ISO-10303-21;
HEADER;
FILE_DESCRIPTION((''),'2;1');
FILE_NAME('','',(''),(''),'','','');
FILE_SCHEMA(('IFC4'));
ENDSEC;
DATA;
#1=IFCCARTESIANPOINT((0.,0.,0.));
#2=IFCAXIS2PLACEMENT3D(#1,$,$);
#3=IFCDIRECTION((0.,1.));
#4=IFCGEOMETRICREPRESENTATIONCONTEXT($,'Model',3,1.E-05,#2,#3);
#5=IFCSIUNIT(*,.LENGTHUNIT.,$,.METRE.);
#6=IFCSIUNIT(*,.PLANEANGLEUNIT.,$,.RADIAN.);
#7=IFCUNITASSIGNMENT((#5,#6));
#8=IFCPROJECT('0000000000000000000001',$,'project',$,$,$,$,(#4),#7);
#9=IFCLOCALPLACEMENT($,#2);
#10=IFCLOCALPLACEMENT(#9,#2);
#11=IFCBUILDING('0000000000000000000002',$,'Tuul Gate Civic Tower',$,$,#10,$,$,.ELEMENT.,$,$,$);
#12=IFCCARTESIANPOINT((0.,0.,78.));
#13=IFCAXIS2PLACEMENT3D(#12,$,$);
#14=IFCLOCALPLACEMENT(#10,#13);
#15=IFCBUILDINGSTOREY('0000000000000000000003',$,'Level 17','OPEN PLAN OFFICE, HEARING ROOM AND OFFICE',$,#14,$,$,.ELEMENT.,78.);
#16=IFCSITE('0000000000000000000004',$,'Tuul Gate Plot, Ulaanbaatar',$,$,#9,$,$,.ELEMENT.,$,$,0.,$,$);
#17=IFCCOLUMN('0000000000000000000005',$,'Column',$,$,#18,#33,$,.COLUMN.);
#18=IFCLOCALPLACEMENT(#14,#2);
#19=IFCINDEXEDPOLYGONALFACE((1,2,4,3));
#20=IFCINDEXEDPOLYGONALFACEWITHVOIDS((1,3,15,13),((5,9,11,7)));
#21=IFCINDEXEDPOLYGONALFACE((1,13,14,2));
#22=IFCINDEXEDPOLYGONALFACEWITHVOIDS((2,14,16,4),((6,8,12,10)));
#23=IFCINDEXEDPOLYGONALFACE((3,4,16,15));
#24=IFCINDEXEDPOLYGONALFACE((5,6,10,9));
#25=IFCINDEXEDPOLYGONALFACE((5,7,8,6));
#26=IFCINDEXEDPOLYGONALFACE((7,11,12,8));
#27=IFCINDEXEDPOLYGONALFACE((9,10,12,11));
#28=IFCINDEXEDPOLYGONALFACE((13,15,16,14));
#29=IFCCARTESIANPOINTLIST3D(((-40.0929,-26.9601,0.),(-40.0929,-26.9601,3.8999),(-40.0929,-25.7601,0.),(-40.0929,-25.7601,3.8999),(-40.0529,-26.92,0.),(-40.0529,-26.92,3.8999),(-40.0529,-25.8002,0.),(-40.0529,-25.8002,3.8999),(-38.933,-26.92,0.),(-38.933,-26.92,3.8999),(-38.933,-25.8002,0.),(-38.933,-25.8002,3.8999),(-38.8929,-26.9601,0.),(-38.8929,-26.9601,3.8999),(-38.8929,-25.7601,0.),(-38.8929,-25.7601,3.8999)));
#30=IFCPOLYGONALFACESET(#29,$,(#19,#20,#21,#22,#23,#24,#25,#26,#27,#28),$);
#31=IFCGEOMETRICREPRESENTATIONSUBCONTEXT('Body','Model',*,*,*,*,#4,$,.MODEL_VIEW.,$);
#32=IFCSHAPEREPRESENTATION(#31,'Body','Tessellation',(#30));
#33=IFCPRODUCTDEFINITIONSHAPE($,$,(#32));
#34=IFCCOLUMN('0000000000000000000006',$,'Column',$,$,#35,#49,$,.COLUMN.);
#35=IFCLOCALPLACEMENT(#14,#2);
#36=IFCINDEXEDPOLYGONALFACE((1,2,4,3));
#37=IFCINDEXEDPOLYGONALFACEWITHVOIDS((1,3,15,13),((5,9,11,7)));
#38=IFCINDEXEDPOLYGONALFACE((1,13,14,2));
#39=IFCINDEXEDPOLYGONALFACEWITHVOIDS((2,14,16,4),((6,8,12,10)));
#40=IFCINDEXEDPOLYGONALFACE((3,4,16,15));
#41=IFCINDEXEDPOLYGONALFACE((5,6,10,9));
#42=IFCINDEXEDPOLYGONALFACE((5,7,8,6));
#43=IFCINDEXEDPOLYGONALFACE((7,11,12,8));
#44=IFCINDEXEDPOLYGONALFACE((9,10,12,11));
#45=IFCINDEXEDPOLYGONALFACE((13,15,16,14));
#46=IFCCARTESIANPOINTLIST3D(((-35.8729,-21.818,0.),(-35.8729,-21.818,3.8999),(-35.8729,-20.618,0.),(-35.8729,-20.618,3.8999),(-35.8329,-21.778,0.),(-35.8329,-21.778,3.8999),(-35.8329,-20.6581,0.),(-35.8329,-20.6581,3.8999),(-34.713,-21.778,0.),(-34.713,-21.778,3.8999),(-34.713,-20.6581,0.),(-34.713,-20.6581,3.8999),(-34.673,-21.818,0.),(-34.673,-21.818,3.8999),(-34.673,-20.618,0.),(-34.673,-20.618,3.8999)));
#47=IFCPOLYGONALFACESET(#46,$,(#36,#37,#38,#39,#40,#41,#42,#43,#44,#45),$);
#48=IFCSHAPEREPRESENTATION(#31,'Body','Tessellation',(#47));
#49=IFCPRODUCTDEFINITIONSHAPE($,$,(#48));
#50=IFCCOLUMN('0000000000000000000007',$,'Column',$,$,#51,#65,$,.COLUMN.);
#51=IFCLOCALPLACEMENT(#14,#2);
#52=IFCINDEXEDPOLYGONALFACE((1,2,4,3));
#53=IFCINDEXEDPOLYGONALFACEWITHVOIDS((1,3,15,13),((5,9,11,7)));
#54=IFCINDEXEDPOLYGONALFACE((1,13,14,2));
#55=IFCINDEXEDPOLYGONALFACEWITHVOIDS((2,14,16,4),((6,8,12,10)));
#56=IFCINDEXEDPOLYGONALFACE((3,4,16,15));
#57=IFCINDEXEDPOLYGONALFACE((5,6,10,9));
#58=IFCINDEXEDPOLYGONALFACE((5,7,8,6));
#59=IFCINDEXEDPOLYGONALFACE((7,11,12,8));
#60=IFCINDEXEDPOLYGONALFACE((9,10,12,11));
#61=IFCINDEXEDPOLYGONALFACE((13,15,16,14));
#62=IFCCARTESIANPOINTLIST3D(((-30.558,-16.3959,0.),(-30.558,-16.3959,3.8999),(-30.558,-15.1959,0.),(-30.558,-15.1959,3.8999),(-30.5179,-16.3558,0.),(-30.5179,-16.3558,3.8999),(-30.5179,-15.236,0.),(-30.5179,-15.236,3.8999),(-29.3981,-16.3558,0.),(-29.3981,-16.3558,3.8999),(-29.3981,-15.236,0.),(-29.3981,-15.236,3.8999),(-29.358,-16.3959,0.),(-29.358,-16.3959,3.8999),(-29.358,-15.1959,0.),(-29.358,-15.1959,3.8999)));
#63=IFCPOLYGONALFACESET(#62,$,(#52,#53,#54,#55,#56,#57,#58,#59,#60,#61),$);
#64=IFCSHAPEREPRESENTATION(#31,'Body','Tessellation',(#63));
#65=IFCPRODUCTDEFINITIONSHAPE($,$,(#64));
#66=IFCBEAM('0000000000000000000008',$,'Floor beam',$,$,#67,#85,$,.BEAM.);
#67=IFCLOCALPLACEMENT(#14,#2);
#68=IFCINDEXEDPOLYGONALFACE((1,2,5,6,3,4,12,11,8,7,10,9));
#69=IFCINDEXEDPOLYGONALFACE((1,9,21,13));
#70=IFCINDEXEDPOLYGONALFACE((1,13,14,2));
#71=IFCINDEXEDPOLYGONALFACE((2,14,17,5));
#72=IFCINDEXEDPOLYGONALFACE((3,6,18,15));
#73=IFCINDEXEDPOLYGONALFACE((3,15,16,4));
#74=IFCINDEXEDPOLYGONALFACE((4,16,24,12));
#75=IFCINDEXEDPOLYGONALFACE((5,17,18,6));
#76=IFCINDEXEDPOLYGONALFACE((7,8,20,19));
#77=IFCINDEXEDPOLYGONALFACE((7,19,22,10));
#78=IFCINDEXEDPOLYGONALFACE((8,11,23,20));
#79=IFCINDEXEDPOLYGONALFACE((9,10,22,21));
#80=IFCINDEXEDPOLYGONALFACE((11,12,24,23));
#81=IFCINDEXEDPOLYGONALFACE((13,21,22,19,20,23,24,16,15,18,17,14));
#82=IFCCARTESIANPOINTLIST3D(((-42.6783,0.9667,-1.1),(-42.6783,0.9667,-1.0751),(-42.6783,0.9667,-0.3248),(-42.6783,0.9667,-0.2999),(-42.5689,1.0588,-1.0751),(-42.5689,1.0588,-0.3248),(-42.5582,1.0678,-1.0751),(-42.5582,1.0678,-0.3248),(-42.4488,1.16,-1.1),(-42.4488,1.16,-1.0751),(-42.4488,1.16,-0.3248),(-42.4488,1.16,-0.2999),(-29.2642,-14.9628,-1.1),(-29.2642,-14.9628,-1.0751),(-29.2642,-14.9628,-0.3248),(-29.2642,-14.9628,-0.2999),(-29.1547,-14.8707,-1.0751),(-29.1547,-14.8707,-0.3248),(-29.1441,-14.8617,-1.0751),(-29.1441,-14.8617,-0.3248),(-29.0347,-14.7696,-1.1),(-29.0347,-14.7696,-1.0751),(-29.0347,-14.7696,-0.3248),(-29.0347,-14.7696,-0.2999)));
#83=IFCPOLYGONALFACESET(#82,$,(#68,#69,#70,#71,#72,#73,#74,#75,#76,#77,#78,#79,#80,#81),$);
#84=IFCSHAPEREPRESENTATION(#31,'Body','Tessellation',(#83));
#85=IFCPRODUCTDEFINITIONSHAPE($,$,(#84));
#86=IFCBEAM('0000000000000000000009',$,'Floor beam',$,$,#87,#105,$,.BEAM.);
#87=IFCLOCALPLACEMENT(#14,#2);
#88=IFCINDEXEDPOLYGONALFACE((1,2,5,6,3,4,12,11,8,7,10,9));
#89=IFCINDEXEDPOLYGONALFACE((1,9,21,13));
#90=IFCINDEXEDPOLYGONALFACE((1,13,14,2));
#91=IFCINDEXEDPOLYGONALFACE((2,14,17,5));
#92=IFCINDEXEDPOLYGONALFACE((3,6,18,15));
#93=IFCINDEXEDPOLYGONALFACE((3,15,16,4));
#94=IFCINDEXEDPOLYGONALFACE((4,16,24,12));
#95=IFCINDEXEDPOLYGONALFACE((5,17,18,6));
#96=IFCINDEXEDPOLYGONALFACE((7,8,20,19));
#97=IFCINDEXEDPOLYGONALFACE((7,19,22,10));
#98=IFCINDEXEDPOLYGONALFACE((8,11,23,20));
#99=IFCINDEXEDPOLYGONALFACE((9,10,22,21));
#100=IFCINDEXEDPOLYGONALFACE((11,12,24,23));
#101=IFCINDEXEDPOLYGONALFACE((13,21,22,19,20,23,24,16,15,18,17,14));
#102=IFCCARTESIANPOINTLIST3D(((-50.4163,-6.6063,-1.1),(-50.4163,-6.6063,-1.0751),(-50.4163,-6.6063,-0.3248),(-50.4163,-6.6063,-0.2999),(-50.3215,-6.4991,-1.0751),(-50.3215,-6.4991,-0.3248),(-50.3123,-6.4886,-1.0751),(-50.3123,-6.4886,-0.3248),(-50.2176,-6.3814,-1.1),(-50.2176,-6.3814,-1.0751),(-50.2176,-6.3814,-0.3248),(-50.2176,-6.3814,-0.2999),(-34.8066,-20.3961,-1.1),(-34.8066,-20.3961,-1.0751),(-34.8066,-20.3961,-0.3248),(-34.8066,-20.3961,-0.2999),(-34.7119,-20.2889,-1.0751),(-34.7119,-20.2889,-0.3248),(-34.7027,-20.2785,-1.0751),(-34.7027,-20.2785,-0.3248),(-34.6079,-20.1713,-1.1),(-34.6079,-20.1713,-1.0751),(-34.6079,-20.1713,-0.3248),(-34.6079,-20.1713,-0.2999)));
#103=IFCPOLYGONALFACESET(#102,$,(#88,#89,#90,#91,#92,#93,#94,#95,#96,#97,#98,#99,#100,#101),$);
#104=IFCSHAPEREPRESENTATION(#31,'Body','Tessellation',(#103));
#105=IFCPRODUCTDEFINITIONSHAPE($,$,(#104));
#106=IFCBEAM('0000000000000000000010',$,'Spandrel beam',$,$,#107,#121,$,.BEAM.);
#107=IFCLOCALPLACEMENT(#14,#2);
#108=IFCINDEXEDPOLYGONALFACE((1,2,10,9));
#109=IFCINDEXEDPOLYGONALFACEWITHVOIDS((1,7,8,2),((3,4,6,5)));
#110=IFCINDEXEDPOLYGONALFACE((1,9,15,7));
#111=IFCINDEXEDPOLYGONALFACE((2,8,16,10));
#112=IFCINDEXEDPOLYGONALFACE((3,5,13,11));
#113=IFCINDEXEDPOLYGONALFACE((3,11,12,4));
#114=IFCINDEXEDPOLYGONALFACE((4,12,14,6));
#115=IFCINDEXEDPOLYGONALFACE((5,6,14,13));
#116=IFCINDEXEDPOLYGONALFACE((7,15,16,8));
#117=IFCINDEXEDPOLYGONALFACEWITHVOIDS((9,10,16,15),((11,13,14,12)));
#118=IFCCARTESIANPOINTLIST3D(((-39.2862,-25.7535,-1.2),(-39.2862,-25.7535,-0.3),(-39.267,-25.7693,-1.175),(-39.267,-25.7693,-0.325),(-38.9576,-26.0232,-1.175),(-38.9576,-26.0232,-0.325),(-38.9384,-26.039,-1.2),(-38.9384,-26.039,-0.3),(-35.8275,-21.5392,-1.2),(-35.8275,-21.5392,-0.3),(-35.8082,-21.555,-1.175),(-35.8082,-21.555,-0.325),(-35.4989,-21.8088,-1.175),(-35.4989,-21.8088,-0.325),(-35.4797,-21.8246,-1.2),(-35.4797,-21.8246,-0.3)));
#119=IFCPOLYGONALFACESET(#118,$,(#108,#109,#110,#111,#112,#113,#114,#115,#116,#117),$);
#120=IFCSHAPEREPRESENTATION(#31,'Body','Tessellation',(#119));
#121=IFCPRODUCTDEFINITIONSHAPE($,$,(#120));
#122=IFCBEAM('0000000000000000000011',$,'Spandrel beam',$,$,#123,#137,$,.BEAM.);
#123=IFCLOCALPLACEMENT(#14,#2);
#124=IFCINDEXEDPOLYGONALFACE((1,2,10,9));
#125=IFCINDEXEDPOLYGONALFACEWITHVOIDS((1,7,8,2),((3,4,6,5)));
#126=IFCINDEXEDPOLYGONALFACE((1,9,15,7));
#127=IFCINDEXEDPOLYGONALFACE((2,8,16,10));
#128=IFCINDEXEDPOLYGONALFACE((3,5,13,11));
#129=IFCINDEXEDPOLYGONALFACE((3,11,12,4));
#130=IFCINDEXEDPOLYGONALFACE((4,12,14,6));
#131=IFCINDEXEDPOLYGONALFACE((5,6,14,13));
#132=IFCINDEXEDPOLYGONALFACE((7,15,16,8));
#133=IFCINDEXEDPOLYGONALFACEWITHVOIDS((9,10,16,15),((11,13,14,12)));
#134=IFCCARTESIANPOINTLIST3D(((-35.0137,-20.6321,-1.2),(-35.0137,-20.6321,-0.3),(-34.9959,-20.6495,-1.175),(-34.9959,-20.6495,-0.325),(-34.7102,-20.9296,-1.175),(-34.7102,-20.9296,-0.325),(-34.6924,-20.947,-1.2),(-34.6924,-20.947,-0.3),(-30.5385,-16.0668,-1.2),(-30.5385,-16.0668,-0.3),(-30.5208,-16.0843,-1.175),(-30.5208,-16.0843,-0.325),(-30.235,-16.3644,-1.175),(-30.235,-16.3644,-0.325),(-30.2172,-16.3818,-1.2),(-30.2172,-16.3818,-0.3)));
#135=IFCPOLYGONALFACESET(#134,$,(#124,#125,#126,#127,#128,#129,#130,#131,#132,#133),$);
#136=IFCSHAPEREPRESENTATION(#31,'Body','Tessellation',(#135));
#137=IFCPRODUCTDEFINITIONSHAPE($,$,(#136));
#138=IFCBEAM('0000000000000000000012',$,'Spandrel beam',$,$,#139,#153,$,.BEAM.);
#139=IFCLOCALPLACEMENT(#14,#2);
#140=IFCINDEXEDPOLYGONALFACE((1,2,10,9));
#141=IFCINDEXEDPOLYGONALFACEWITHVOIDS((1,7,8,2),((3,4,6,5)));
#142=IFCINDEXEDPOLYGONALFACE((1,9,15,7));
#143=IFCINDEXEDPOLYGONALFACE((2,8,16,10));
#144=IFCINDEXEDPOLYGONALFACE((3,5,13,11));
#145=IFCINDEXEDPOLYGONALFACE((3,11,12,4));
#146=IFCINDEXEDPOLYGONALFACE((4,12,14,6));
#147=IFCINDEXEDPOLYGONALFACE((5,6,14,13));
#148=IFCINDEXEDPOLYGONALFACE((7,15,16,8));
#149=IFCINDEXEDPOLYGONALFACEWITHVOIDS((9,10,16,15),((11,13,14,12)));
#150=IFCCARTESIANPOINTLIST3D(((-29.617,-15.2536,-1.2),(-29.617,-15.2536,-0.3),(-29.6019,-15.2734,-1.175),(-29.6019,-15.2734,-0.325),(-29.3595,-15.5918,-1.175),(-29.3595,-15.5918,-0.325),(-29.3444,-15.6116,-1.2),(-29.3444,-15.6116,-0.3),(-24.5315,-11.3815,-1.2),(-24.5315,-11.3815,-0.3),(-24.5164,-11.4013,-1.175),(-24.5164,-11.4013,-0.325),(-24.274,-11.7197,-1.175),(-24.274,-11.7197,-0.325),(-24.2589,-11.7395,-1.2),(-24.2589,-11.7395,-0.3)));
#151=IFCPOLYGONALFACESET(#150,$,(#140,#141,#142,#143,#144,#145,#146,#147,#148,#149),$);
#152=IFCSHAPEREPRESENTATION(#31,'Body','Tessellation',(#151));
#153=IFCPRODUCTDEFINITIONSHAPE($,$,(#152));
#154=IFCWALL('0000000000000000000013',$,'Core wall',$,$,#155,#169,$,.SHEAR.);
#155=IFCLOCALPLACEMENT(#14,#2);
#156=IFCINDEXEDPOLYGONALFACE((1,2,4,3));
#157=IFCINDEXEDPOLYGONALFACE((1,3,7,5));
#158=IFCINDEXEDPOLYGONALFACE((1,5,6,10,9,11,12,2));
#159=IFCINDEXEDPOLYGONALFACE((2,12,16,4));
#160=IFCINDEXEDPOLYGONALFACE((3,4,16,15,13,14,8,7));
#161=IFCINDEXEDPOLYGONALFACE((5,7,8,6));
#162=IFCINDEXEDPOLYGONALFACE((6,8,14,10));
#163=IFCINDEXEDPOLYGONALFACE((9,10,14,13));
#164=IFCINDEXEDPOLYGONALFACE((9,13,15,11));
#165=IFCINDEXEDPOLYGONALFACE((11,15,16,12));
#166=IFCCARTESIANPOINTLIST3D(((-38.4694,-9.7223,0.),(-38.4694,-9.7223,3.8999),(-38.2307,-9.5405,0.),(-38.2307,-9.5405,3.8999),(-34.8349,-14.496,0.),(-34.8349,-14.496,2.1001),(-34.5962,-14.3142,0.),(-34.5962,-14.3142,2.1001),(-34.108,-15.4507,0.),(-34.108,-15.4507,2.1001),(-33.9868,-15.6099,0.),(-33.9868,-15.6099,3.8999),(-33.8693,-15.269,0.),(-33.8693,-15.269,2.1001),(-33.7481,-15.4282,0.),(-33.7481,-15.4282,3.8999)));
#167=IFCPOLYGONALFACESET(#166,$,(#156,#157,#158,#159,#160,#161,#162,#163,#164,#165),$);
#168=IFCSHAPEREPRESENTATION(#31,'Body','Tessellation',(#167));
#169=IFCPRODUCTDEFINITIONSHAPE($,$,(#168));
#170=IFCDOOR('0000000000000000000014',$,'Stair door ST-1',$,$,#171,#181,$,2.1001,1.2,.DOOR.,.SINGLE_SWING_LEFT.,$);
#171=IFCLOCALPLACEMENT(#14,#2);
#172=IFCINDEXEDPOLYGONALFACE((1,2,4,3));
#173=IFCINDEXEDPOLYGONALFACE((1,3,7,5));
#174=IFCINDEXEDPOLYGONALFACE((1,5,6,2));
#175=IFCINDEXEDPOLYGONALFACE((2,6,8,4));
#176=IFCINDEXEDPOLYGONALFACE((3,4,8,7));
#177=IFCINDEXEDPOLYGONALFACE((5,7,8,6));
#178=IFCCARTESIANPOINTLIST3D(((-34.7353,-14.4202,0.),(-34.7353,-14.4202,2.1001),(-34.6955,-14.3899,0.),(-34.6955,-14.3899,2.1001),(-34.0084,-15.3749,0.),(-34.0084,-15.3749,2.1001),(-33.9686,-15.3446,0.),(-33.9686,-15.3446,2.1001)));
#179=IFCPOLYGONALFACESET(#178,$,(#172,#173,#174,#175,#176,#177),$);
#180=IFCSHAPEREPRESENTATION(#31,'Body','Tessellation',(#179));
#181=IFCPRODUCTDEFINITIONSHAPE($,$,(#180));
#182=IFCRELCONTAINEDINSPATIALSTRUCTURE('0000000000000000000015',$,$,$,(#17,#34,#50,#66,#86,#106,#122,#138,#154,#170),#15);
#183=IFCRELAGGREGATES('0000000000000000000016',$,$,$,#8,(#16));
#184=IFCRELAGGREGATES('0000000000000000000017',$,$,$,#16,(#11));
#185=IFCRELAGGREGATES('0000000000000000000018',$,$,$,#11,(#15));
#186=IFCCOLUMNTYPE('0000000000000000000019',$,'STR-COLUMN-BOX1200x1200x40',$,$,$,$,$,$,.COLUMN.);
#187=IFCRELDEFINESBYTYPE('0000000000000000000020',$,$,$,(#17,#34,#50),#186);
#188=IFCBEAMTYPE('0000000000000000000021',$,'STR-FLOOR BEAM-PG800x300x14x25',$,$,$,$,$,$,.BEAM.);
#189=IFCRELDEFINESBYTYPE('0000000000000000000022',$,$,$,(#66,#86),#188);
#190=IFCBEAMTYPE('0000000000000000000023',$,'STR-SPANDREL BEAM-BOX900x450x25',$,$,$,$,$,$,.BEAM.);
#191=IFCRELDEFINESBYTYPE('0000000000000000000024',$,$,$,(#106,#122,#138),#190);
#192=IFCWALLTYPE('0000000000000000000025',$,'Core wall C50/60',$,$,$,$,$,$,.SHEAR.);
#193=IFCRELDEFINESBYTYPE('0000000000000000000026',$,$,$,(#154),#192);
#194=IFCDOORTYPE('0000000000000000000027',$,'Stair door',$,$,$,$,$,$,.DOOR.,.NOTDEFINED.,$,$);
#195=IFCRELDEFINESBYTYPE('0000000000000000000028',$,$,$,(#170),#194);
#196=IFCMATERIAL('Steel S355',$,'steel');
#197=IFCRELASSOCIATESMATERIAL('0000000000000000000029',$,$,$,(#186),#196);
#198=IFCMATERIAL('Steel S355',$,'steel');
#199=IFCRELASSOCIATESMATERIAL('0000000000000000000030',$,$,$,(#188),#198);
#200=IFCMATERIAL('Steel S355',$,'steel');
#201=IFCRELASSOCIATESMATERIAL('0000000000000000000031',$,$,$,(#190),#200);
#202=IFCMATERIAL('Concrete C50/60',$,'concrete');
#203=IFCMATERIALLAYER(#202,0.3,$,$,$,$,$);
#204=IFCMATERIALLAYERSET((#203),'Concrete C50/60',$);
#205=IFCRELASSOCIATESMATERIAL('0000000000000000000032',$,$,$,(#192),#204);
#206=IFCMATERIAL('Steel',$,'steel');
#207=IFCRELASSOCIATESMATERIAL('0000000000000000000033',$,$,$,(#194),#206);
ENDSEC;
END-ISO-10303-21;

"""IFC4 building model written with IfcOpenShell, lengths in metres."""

from ifc_helpers import new_model, si_unit, direction, frame, frame_2d, origin, origin_2d, place, context, subcontext, project, spatial, rectangle, hollow_rectangle, i_section, extrude, material, layer, layer_set, material_profile, profile_set, type_object, element, fill, save


model = new_model("IFC4")

# Units and contexts
model_context = context("Model", 3, precision=1e-05, world=origin(), true_north=direction((0.0, 1.0)))
body_context = subcontext(model_context, "Body", "Model", "MODEL_VIEW")
ifc_project = project(units=[si_unit("LENGTHUNIT", "METRE"), si_unit("PLANEANGLEUNIT", "RADIAN")], contexts=[model_context])

# Site, building, storey
site_placement = place(None, origin())
site = spatial("IfcSite", under=ifc_project, at=site_placement, Name="Tuul Gate Plot, Ulaanbaatar", CompositionType="ELEMENT", RefElevation=0.0)
building_placement = place(site_placement, origin())
building = spatial("IfcBuilding", under=site, at=building_placement, Name="Tuul Gate Civic Tower", CompositionType="ELEMENT")
storey_placement = place(building_placement, frame((0.0, 0.0, 78.0)))
storey = spatial("IfcBuildingStorey", under=building, at=storey_placement, Name="Level 17", Description="OPEN PLAN OFFICE, HEARING ROOM AND OFFICE", CompositionType="ELEMENT", Elevation=78.0)

# Columns
ifc_material_1 = material(Name="Steel S355", Category="steel")
ifc_material_profile_1 = material_profile(ifc_material_1, hollow_rectangle(XDim=1.2, YDim=1.2, WallThickness=0.04, at=origin_2d()), Name="BOX1200x1200x40")
ifc_profile_set_1 = profile_set([ifc_material_profile_1], Name="Steel S355")
column_type = type_object("IfcColumnType", Name="STR-COLUMN-BOX1200x1200x40", PredefinedType="COLUMN", material=ifc_profile_set_1)
for number, where, z_axis, x_axis, name in (
    (1, (-39.4929, -26.3601, 0.0), (0.0, 0.0, 1.0), (1.0, 0.0, 0.0), "Column"),
    (2, (-35.2729, -21.218, 0.0), (0.0, 0.0, 1.0), (1.0, 0.0, 0.0), "Column"),
    (3, (-29.958, -15.7959, 0.0), (0.0, 0.0, 1.0), (1.0, 0.0, 0.0), "Column"),
):
    element("IfcColumn", number, at=place(storey_placement, frame(where, z_axis=z_axis, x_axis=x_axis)), inside=storey, type_object=column_type, Name=name, PredefinedType="COLUMN", context=body_context, shape_type="SweptSolid", body=[
        extrude(hollow_rectangle(XDim=1.2, YDim=1.2, WallThickness=0.04, at=origin_2d()), origin(), (0.0, 0.0, 1.0), 3.8999),
    ])

# Beams
ifc_material_2 = material(Name="Steel S355", Category="steel")
ifc_material_profile_2 = material_profile(ifc_material_2, i_section(OverallWidth=0.3, OverallDepth=0.8, WebThickness=0.0139, FlangeThickness=0.0249, at=origin_2d()), Name="PG800x300x14x25")
ifc_profile_set_2 = profile_set([ifc_material_profile_2], Name="Steel S355")
beam_type_1 = type_object("IfcBeamType", Name="STR-FLOOR BEAM-PG800x300x14x25", PredefinedType="BEAM", material=ifc_profile_set_2)
beam_1_placement = place(storey_placement, frame((-29.1494, -14.8662, -0.7), z_axis=(-0.64413, 0.764916, 0.0), x_axis=(-0.764916, -0.64413, 0.0)))
element("IfcBeam", 4, at=beam_1_placement, inside=storey, type_object=beam_type_1, Name="Floor beam", PredefinedType="BEAM", context=body_context, shape_type="SweptSolid", body=[
    extrude(i_section(OverallWidth=0.3, OverallDepth=0.8, WebThickness=0.0139, FlangeThickness=0.0249, at=origin_2d()), origin(), (0.0, 0.0, 1.0), 20.8252),
])
beam_2_placement = place(storey_placement, frame((-34.7073, -20.2837, -0.7), z_axis=(-0.749442, 0.66207, 0.0), x_axis=(-0.66207, -0.749442, 0.0)))
element("IfcBeam", 5, at=beam_2_placement, inside=storey, type_object=beam_type_1, Name="Floor beam", PredefinedType="BEAM", context=body_context, shape_type="SweptSolid", body=[
    extrude(i_section(OverallWidth=0.3, OverallDepth=0.8, WebThickness=0.0139, FlangeThickness=0.0249, at=origin_2d()), origin(), (0.0, 0.0, 1.0), 20.8284),
])
ifc_material_3 = material(Name="Steel S355", Category="steel")
ifc_material_profile_3 = material_profile(ifc_material_3, hollow_rectangle(XDim=0.45, YDim=0.8999, WallThickness=0.0249, at=origin_2d()), Name="BOX900x450x25")
ifc_profile_set_3 = profile_set([ifc_material_profile_3], Name="Steel S355")
beam_type_2 = type_object("IfcBeamType", Name="STR-SPANDREL BEAM-BOX900x450x25", PredefinedType="BEAM", material=ifc_profile_set_3)
beam_3_placement = place(storey_placement, frame((-39.1123, -25.8962, -0.75), z_axis=(0.634405, 0.773001, 0.0), x_axis=(-0.773001, 0.634405, 0.0)))
element("IfcBeam", 6, at=beam_3_placement, inside=storey, type_object=beam_type_2, Name="Spandrel beam", PredefinedType="BEAM", context=body_context, shape_type="SweptSolid", body=[
    extrude(hollow_rectangle(XDim=0.45, YDim=0.8999, WallThickness=0.0249, at=origin_2d()), origin(), (0.0, 0.0, 1.0), 5.4519),
])
beam_4_placement = place(storey_placement, frame((-34.853, -20.7896, -0.75), z_axis=(0.700026, 0.714118, 0.0), x_axis=(-0.714118, 0.700026, 0.0)))
element("IfcBeam", 7, at=beam_4_placement, inside=storey, type_object=beam_type_2, Name="Spandrel beam", PredefinedType="BEAM", context=body_context, shape_type="SweptSolid", body=[
    extrude(hollow_rectangle(XDim=0.45, YDim=0.8999, WallThickness=0.0249, at=origin_2d()), origin(), (0.0, 0.0, 1.0), 6.3928),
])
beam_5_placement = place(storey_placement, frame((-29.4807, -15.4326, -0.75), z_axis=(0.795625, 0.60579, 0.0), x_axis=(-0.60579, 0.795625, 0.0)))
element("IfcBeam", 8, at=beam_5_placement, inside=storey, type_object=beam_type_2, Name="Spandrel beam", PredefinedType="BEAM", context=body_context, shape_type="SweptSolid", body=[
    extrude(hollow_rectangle(XDim=0.45, YDim=0.8999, WallThickness=0.0249, at=origin_2d()), origin(), (0.0, 0.0, 1.0), 6.3918),
])

# Wall, opening, door
ifc_material_4 = material(Name="Concrete C50/60", Category="concrete")
ifc_layer_1 = layer(ifc_material_4, 0.3)
ifc_layer_set_1 = layer_set([ifc_layer_1], Name="Concrete C50/60")
wall_type_1 = type_object("IfcWallType", Name="Core wall C50/60", PredefinedType="SHEAR", material=ifc_layer_set_1)
wall_1_placement = place(storey_placement, frame((-33.8674, -15.519, 0.0), z_axis=(0.0, 0.0, 1.0), x_axis=(-0.60577, 0.79564, 0.0)))
wall_1 = element("IfcWall", 9, at=wall_1_placement, inside=storey, type_object=wall_type_1, Name="Core wall", PredefinedType="SHEAR", context=body_context, shape_type="SweptSolid", body=[
    extrude(rectangle(XDim=7.3999, YDim=0.3, at=frame_2d((3.7, 0.0))), origin(), (0.0, 0.0, 1.0), 3.8999),
])
opening_1_placement = place(wall_1_placement, frame((0.2, 0.0, 0.0)))
opening_1 = element("IfcOpeningElement", 10, at=opening_1_placement, cuts=wall_1, PredefinedType="OPENING", context=body_context, shape_type="SweptSolid", body=[
    extrude(rectangle(XDim=1.2, YDim=2.1001, at=frame_2d((0.6001, 1.05))), frame((0.0, 0.1602, 0.0), z_axis=(0.0, -1.0, 0.0), x_axis=(1.0, 0.0, 0.0)), (0.0, 0.0, 1.0), 0.3201),
])
ifc_material_5 = material(Name="Steel", Category="steel")
door_type_1 = type_object("IfcDoorType", Name="Stair door", OperationType="NOTDEFINED", PredefinedType="DOOR", material=ifc_material_5)
door_1_placement = place(opening_1_placement, origin())
door_1 = element("IfcDoor", 11, at=door_1_placement, inside=storey, type_object=door_type_1, Name="Stair door ST-1", OperationType="SINGLE_SWING_LEFT", OverallHeight=2.1001, OverallWidth=1.2, PredefinedType="DOOR", context=body_context, shape_type="SweptSolid", body=[
    extrude(rectangle(XDim=1.2, YDim=2.1001, at=frame_2d((0.6001, 1.05))), frame((0.0, 0.0249, 0.0), z_axis=(0.0, -1.0, 0.0), x_axis=(1.0, 0.0, 0.0)), (0.0, 0.0, 1.0), 0.05),
])
fill(opening_1, door_1)

save(model, "model.ifc")
